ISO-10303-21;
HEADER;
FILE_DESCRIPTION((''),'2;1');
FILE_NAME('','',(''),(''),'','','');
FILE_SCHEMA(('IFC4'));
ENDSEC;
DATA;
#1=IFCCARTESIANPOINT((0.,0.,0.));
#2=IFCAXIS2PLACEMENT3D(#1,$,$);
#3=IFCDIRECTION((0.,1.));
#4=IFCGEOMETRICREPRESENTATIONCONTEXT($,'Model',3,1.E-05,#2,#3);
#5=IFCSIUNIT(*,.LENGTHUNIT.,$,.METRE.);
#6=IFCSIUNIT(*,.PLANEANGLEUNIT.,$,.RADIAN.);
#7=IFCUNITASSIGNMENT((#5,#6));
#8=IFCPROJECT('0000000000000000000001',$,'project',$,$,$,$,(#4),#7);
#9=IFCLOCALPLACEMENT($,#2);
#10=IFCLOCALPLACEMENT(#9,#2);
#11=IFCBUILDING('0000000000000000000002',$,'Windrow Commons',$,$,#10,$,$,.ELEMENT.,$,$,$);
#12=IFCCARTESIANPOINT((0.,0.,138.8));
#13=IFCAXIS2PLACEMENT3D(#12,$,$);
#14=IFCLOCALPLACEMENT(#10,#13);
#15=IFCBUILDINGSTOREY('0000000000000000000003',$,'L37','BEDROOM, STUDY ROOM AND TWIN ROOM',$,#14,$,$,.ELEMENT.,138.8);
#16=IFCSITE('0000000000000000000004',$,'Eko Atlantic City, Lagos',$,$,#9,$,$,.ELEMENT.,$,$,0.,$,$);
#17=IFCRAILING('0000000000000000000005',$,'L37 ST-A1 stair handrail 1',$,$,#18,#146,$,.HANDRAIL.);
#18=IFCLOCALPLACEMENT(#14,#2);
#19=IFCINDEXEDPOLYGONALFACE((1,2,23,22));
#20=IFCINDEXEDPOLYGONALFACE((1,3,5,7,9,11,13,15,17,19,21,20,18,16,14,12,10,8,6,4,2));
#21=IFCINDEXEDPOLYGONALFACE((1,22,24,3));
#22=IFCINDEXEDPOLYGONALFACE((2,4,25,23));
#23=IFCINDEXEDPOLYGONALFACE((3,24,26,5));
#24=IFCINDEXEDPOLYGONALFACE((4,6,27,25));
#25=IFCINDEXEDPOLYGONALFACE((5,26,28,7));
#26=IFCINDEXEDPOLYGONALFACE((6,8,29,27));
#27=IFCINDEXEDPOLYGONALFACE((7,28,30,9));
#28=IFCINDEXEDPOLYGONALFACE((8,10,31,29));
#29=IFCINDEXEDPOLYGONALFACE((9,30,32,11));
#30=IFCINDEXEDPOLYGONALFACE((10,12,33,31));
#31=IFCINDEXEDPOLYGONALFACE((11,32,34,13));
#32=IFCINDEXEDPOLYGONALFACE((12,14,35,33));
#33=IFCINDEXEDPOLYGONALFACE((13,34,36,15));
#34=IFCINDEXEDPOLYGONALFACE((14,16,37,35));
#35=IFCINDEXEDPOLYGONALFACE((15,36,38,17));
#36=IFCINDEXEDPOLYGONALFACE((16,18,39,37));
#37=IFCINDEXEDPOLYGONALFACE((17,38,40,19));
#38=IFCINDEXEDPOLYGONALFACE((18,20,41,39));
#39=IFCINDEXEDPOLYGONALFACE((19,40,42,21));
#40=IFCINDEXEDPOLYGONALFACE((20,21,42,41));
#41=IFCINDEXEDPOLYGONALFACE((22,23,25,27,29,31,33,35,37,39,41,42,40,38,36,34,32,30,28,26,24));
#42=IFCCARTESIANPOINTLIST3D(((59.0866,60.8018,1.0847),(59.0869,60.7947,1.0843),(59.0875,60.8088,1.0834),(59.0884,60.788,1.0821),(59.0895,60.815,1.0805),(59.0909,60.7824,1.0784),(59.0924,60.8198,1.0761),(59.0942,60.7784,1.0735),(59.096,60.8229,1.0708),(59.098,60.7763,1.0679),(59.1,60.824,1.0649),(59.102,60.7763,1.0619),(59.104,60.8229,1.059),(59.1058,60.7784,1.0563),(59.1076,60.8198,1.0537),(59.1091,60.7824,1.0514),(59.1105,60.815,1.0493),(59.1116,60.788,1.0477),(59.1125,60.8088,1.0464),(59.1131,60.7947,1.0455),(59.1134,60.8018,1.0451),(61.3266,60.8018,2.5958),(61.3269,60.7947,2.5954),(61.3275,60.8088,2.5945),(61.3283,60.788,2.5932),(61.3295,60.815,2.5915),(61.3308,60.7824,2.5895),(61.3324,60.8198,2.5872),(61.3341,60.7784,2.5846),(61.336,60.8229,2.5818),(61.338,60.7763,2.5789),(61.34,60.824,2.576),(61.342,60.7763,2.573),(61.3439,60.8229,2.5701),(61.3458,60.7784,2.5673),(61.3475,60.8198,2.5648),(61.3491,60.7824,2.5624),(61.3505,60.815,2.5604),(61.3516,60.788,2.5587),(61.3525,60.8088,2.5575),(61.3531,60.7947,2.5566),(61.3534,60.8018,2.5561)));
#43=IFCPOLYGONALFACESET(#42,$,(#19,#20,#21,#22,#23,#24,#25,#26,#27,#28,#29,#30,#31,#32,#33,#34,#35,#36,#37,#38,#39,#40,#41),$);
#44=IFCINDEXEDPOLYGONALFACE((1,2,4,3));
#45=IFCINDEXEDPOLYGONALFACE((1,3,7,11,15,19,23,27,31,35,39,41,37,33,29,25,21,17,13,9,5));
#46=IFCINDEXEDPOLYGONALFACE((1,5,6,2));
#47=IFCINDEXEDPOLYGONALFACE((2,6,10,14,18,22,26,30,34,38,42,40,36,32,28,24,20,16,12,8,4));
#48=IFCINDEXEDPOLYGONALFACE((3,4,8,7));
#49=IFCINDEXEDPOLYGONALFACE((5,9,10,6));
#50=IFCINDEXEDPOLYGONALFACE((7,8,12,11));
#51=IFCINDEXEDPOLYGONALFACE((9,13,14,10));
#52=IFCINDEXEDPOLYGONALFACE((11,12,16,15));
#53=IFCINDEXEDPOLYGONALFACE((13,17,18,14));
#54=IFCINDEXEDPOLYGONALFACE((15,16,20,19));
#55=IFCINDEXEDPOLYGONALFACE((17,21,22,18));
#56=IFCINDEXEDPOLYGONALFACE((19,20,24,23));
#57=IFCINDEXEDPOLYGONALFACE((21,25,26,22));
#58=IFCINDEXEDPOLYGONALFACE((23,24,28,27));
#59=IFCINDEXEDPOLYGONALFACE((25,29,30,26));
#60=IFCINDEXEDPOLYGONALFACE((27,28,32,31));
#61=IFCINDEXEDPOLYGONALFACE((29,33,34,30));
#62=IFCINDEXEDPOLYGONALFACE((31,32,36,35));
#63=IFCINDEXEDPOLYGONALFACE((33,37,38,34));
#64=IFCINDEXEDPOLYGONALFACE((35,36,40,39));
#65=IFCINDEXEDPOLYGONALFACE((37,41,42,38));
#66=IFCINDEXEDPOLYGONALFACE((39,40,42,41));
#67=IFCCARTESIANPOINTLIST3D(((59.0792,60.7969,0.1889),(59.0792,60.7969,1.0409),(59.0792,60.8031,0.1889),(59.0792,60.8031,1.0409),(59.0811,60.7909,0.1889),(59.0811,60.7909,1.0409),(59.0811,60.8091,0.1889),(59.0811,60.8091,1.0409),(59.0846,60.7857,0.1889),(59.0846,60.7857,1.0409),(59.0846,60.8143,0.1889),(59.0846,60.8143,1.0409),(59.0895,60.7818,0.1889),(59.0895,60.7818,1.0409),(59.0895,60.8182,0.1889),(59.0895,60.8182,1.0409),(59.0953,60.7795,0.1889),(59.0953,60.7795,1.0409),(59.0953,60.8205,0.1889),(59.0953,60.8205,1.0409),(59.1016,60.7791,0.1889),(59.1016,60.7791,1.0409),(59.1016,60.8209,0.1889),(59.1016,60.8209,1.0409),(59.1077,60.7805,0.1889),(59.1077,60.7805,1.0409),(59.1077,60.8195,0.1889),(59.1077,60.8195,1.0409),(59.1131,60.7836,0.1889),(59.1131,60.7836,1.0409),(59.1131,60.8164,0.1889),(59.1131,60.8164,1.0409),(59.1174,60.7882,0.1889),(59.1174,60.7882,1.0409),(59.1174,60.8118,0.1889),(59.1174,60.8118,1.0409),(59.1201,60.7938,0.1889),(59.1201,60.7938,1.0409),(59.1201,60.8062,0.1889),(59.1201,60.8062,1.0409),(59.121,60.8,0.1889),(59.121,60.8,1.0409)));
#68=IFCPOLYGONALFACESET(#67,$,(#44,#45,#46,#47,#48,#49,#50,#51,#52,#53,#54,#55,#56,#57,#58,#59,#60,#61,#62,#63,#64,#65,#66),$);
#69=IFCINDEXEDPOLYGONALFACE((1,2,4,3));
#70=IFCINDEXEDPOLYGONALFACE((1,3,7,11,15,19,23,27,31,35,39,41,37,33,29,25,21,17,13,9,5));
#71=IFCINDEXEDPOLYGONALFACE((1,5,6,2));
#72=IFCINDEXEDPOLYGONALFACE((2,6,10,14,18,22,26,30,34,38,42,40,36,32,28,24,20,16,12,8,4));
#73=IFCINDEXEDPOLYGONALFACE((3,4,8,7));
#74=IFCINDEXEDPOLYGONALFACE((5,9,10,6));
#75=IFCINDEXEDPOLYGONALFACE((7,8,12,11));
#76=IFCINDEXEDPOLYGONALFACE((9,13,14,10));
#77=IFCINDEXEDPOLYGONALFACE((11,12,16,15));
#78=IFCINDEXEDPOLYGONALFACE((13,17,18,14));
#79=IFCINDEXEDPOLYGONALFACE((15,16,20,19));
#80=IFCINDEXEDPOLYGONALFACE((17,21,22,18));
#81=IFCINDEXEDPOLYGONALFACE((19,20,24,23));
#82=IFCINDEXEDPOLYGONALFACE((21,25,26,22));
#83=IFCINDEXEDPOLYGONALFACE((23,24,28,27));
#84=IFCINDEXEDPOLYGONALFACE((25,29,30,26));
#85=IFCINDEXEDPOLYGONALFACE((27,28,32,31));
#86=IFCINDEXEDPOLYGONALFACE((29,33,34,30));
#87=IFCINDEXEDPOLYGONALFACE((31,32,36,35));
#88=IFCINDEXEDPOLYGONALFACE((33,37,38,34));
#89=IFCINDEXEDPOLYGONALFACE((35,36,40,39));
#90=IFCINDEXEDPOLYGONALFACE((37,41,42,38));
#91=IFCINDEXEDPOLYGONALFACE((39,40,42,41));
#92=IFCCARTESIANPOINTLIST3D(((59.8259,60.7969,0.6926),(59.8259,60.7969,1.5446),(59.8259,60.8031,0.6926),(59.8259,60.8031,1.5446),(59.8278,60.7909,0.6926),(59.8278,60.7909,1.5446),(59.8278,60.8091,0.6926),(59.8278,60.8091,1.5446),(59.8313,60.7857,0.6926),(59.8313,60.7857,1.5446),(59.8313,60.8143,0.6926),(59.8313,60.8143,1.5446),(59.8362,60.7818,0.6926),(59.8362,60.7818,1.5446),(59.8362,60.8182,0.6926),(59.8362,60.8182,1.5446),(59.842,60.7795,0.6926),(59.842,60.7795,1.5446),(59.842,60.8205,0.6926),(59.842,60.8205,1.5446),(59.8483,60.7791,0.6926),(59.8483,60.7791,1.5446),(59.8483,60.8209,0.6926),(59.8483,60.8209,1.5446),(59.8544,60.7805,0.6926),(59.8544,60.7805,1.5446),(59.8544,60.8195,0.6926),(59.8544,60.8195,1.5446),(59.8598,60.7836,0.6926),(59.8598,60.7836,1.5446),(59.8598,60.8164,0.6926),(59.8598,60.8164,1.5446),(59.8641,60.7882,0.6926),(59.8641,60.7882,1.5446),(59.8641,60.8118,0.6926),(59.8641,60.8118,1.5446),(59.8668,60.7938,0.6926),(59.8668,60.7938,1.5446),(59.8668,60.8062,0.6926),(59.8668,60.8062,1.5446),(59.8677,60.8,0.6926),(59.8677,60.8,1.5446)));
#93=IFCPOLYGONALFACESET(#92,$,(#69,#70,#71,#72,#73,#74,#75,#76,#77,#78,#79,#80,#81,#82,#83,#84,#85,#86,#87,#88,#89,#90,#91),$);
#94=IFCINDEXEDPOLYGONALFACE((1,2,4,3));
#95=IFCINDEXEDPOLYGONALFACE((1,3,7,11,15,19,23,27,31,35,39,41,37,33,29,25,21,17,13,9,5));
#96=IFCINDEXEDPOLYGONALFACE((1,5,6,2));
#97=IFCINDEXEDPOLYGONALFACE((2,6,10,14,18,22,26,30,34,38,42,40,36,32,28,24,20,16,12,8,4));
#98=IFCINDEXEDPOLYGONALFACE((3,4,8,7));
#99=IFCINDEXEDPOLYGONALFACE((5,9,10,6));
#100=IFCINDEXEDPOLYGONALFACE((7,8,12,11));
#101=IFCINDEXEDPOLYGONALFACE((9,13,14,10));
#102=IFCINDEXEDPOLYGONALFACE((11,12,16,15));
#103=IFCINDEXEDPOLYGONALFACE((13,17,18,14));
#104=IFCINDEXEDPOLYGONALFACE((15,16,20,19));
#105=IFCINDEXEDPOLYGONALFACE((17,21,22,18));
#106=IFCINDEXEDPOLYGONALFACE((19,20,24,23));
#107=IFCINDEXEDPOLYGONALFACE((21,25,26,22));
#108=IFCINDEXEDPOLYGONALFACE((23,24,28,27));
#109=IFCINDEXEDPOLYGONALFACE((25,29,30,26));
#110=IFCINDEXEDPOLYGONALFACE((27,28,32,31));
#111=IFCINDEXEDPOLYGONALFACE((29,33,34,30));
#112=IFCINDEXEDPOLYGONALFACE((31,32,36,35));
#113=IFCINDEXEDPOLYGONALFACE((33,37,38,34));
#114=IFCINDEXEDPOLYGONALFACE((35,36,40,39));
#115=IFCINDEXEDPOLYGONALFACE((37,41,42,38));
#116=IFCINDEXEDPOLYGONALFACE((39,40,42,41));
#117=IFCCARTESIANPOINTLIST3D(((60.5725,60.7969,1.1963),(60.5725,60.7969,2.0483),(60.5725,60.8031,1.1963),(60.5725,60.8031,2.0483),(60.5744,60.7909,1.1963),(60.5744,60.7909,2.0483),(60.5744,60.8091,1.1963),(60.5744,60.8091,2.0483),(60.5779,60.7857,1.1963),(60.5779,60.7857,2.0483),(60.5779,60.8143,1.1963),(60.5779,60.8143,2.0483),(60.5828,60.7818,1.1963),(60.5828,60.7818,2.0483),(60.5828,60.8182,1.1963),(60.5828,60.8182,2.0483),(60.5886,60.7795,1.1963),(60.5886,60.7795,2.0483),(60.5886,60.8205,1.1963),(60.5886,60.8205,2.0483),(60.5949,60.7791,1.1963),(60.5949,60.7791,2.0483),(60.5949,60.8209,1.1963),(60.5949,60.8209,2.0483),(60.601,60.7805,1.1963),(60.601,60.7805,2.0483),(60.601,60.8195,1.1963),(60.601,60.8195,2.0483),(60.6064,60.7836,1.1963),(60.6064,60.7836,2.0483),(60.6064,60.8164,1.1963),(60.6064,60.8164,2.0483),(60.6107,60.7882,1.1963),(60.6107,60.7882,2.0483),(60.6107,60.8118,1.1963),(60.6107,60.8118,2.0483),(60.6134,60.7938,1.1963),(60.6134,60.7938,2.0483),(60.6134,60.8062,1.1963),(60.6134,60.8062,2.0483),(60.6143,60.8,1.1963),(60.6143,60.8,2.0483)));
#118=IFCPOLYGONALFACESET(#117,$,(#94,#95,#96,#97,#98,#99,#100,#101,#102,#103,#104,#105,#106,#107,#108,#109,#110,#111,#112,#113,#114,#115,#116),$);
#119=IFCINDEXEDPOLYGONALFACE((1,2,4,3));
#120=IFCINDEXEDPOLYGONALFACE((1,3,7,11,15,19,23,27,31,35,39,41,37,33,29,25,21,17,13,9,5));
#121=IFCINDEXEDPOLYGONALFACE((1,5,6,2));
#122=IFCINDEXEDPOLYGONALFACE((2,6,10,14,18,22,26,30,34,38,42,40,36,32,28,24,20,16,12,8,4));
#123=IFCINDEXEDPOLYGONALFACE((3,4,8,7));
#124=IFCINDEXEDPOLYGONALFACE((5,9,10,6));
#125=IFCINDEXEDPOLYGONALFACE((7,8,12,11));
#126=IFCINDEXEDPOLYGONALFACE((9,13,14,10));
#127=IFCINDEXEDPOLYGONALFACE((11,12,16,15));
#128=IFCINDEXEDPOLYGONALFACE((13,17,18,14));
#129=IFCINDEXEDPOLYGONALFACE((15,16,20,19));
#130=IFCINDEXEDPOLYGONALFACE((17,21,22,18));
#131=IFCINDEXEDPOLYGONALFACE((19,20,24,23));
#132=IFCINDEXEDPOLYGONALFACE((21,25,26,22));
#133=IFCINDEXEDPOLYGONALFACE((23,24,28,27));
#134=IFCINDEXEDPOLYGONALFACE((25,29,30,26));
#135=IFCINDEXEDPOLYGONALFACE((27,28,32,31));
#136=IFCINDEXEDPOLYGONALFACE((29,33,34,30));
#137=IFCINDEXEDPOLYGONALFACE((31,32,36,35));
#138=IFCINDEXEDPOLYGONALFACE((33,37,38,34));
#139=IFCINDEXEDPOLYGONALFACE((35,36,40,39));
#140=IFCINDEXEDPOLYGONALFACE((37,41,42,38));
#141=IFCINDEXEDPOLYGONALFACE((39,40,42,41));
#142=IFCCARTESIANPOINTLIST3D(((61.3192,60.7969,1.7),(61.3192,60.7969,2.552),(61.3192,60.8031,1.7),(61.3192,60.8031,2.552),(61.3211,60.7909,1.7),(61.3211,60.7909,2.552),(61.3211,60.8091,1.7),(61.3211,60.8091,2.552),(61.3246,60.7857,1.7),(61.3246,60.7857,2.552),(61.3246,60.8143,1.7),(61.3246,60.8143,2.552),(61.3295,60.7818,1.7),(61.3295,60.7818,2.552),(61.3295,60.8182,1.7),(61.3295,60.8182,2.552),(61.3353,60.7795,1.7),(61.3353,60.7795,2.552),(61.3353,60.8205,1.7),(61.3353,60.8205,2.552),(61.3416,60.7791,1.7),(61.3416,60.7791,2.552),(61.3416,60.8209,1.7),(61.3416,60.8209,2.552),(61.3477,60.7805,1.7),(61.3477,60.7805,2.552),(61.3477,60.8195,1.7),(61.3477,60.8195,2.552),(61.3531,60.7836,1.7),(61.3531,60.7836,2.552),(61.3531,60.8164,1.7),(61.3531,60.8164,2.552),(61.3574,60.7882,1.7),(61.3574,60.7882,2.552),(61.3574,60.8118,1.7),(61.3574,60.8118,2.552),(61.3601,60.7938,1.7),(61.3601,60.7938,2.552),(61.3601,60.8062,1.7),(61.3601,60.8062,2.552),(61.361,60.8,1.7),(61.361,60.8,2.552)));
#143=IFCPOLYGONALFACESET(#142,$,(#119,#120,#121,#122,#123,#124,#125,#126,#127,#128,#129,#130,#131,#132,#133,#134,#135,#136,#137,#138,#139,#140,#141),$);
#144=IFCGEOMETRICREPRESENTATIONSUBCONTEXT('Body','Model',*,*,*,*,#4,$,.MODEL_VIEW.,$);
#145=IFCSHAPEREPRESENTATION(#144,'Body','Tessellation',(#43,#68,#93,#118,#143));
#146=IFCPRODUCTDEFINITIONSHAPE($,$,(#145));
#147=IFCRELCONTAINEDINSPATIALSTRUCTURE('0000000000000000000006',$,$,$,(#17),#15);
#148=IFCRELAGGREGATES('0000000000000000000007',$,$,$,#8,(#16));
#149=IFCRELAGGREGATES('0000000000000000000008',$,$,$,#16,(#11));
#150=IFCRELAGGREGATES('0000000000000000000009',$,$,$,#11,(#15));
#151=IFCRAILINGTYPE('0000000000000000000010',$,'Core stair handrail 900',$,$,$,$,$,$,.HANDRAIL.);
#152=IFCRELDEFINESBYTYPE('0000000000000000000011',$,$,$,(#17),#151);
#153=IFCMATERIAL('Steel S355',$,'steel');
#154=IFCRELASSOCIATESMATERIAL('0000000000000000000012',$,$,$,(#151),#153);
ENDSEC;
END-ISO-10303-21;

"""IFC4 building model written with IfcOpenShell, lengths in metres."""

from ifc_helpers import new_model, si_unit, direction, frame, origin, origin_2d, place, context, subcontext, project, spatial, circle, extrude, material, type_object, element, save


model = new_model("IFC4")

# Units and contexts
model_context = context("Model", 3, precision=1e-05, world=origin(), true_north=direction((0.0, 1.0)))
body_context = subcontext(model_context, "Body", "Model", "MODEL_VIEW")
ifc_project = project(units=[si_unit("LENGTHUNIT", "METRE"), si_unit("PLANEANGLEUNIT", "RADIAN")], contexts=[model_context])

# Site, building, storey
site_placement = place(None, origin())
site = spatial("IfcSite", under=ifc_project, at=site_placement, Name="Eko Atlantic City, Lagos", CompositionType="ELEMENT", RefElevation=0.0)
building_placement = place(site_placement, origin())
building = spatial("IfcBuilding", under=site, at=building_placement, Name="Windrow Commons", CompositionType="ELEMENT")
storey_placement = place(building_placement, frame((0.0, 0.0, 138.8)))
storey = spatial("IfcBuildingStorey", under=building, at=storey_placement, Name="L37", Description="BEDROOM, STUDY ROOM AND TWIN ROOM", CompositionType="ELEMENT", Elevation=138.8)

# Railing
ifc_material_1 = material(Name="Steel S355", Category="steel")
railing_type = type_object("IfcRailingType", Name="Core stair handrail 900", PredefinedType="HANDRAIL", material=ifc_material_1)
railing_placement = place(storey_placement, frame((59.1, 60.8, 0.1889)))
element("IfcRailing", 1, at=railing_placement, inside=storey, type_object=railing_type, Name="L37 ST-A1 stair handrail 1", PredefinedType="HANDRAIL", context=body_context, shape_type="SweptSolid", body=[
    extrude(circle(Radius=0.024, at=origin_2d()), frame((0.0, 0.0, 0.876), z_axis=(0.829003, 0.0, 0.559244), x_axis=(0.0, 1.0, 0.0)), (0.0, 0.0, 1.0), 2.702),
    extrude(circle(Radius=0.021, at=origin_2d()), origin(), (0.0, 0.0, 1.0), 0.852),
    extrude(circle(Radius=0.021, at=origin_2d()), frame((0.7467, 0.0, 0.5037)), (0.0, 0.0, 1.0), 0.852),
    extrude(circle(Radius=0.021, at=origin_2d()), frame((1.4933, 0.0, 1.0074)), (0.0, 0.0, 1.0), 0.852),
    extrude(circle(Radius=0.021, at=origin_2d()), frame((2.24, 0.0, 1.5111)), (0.0, 0.0, 1.0), 0.852),
])

save(model, "model.ifc")
